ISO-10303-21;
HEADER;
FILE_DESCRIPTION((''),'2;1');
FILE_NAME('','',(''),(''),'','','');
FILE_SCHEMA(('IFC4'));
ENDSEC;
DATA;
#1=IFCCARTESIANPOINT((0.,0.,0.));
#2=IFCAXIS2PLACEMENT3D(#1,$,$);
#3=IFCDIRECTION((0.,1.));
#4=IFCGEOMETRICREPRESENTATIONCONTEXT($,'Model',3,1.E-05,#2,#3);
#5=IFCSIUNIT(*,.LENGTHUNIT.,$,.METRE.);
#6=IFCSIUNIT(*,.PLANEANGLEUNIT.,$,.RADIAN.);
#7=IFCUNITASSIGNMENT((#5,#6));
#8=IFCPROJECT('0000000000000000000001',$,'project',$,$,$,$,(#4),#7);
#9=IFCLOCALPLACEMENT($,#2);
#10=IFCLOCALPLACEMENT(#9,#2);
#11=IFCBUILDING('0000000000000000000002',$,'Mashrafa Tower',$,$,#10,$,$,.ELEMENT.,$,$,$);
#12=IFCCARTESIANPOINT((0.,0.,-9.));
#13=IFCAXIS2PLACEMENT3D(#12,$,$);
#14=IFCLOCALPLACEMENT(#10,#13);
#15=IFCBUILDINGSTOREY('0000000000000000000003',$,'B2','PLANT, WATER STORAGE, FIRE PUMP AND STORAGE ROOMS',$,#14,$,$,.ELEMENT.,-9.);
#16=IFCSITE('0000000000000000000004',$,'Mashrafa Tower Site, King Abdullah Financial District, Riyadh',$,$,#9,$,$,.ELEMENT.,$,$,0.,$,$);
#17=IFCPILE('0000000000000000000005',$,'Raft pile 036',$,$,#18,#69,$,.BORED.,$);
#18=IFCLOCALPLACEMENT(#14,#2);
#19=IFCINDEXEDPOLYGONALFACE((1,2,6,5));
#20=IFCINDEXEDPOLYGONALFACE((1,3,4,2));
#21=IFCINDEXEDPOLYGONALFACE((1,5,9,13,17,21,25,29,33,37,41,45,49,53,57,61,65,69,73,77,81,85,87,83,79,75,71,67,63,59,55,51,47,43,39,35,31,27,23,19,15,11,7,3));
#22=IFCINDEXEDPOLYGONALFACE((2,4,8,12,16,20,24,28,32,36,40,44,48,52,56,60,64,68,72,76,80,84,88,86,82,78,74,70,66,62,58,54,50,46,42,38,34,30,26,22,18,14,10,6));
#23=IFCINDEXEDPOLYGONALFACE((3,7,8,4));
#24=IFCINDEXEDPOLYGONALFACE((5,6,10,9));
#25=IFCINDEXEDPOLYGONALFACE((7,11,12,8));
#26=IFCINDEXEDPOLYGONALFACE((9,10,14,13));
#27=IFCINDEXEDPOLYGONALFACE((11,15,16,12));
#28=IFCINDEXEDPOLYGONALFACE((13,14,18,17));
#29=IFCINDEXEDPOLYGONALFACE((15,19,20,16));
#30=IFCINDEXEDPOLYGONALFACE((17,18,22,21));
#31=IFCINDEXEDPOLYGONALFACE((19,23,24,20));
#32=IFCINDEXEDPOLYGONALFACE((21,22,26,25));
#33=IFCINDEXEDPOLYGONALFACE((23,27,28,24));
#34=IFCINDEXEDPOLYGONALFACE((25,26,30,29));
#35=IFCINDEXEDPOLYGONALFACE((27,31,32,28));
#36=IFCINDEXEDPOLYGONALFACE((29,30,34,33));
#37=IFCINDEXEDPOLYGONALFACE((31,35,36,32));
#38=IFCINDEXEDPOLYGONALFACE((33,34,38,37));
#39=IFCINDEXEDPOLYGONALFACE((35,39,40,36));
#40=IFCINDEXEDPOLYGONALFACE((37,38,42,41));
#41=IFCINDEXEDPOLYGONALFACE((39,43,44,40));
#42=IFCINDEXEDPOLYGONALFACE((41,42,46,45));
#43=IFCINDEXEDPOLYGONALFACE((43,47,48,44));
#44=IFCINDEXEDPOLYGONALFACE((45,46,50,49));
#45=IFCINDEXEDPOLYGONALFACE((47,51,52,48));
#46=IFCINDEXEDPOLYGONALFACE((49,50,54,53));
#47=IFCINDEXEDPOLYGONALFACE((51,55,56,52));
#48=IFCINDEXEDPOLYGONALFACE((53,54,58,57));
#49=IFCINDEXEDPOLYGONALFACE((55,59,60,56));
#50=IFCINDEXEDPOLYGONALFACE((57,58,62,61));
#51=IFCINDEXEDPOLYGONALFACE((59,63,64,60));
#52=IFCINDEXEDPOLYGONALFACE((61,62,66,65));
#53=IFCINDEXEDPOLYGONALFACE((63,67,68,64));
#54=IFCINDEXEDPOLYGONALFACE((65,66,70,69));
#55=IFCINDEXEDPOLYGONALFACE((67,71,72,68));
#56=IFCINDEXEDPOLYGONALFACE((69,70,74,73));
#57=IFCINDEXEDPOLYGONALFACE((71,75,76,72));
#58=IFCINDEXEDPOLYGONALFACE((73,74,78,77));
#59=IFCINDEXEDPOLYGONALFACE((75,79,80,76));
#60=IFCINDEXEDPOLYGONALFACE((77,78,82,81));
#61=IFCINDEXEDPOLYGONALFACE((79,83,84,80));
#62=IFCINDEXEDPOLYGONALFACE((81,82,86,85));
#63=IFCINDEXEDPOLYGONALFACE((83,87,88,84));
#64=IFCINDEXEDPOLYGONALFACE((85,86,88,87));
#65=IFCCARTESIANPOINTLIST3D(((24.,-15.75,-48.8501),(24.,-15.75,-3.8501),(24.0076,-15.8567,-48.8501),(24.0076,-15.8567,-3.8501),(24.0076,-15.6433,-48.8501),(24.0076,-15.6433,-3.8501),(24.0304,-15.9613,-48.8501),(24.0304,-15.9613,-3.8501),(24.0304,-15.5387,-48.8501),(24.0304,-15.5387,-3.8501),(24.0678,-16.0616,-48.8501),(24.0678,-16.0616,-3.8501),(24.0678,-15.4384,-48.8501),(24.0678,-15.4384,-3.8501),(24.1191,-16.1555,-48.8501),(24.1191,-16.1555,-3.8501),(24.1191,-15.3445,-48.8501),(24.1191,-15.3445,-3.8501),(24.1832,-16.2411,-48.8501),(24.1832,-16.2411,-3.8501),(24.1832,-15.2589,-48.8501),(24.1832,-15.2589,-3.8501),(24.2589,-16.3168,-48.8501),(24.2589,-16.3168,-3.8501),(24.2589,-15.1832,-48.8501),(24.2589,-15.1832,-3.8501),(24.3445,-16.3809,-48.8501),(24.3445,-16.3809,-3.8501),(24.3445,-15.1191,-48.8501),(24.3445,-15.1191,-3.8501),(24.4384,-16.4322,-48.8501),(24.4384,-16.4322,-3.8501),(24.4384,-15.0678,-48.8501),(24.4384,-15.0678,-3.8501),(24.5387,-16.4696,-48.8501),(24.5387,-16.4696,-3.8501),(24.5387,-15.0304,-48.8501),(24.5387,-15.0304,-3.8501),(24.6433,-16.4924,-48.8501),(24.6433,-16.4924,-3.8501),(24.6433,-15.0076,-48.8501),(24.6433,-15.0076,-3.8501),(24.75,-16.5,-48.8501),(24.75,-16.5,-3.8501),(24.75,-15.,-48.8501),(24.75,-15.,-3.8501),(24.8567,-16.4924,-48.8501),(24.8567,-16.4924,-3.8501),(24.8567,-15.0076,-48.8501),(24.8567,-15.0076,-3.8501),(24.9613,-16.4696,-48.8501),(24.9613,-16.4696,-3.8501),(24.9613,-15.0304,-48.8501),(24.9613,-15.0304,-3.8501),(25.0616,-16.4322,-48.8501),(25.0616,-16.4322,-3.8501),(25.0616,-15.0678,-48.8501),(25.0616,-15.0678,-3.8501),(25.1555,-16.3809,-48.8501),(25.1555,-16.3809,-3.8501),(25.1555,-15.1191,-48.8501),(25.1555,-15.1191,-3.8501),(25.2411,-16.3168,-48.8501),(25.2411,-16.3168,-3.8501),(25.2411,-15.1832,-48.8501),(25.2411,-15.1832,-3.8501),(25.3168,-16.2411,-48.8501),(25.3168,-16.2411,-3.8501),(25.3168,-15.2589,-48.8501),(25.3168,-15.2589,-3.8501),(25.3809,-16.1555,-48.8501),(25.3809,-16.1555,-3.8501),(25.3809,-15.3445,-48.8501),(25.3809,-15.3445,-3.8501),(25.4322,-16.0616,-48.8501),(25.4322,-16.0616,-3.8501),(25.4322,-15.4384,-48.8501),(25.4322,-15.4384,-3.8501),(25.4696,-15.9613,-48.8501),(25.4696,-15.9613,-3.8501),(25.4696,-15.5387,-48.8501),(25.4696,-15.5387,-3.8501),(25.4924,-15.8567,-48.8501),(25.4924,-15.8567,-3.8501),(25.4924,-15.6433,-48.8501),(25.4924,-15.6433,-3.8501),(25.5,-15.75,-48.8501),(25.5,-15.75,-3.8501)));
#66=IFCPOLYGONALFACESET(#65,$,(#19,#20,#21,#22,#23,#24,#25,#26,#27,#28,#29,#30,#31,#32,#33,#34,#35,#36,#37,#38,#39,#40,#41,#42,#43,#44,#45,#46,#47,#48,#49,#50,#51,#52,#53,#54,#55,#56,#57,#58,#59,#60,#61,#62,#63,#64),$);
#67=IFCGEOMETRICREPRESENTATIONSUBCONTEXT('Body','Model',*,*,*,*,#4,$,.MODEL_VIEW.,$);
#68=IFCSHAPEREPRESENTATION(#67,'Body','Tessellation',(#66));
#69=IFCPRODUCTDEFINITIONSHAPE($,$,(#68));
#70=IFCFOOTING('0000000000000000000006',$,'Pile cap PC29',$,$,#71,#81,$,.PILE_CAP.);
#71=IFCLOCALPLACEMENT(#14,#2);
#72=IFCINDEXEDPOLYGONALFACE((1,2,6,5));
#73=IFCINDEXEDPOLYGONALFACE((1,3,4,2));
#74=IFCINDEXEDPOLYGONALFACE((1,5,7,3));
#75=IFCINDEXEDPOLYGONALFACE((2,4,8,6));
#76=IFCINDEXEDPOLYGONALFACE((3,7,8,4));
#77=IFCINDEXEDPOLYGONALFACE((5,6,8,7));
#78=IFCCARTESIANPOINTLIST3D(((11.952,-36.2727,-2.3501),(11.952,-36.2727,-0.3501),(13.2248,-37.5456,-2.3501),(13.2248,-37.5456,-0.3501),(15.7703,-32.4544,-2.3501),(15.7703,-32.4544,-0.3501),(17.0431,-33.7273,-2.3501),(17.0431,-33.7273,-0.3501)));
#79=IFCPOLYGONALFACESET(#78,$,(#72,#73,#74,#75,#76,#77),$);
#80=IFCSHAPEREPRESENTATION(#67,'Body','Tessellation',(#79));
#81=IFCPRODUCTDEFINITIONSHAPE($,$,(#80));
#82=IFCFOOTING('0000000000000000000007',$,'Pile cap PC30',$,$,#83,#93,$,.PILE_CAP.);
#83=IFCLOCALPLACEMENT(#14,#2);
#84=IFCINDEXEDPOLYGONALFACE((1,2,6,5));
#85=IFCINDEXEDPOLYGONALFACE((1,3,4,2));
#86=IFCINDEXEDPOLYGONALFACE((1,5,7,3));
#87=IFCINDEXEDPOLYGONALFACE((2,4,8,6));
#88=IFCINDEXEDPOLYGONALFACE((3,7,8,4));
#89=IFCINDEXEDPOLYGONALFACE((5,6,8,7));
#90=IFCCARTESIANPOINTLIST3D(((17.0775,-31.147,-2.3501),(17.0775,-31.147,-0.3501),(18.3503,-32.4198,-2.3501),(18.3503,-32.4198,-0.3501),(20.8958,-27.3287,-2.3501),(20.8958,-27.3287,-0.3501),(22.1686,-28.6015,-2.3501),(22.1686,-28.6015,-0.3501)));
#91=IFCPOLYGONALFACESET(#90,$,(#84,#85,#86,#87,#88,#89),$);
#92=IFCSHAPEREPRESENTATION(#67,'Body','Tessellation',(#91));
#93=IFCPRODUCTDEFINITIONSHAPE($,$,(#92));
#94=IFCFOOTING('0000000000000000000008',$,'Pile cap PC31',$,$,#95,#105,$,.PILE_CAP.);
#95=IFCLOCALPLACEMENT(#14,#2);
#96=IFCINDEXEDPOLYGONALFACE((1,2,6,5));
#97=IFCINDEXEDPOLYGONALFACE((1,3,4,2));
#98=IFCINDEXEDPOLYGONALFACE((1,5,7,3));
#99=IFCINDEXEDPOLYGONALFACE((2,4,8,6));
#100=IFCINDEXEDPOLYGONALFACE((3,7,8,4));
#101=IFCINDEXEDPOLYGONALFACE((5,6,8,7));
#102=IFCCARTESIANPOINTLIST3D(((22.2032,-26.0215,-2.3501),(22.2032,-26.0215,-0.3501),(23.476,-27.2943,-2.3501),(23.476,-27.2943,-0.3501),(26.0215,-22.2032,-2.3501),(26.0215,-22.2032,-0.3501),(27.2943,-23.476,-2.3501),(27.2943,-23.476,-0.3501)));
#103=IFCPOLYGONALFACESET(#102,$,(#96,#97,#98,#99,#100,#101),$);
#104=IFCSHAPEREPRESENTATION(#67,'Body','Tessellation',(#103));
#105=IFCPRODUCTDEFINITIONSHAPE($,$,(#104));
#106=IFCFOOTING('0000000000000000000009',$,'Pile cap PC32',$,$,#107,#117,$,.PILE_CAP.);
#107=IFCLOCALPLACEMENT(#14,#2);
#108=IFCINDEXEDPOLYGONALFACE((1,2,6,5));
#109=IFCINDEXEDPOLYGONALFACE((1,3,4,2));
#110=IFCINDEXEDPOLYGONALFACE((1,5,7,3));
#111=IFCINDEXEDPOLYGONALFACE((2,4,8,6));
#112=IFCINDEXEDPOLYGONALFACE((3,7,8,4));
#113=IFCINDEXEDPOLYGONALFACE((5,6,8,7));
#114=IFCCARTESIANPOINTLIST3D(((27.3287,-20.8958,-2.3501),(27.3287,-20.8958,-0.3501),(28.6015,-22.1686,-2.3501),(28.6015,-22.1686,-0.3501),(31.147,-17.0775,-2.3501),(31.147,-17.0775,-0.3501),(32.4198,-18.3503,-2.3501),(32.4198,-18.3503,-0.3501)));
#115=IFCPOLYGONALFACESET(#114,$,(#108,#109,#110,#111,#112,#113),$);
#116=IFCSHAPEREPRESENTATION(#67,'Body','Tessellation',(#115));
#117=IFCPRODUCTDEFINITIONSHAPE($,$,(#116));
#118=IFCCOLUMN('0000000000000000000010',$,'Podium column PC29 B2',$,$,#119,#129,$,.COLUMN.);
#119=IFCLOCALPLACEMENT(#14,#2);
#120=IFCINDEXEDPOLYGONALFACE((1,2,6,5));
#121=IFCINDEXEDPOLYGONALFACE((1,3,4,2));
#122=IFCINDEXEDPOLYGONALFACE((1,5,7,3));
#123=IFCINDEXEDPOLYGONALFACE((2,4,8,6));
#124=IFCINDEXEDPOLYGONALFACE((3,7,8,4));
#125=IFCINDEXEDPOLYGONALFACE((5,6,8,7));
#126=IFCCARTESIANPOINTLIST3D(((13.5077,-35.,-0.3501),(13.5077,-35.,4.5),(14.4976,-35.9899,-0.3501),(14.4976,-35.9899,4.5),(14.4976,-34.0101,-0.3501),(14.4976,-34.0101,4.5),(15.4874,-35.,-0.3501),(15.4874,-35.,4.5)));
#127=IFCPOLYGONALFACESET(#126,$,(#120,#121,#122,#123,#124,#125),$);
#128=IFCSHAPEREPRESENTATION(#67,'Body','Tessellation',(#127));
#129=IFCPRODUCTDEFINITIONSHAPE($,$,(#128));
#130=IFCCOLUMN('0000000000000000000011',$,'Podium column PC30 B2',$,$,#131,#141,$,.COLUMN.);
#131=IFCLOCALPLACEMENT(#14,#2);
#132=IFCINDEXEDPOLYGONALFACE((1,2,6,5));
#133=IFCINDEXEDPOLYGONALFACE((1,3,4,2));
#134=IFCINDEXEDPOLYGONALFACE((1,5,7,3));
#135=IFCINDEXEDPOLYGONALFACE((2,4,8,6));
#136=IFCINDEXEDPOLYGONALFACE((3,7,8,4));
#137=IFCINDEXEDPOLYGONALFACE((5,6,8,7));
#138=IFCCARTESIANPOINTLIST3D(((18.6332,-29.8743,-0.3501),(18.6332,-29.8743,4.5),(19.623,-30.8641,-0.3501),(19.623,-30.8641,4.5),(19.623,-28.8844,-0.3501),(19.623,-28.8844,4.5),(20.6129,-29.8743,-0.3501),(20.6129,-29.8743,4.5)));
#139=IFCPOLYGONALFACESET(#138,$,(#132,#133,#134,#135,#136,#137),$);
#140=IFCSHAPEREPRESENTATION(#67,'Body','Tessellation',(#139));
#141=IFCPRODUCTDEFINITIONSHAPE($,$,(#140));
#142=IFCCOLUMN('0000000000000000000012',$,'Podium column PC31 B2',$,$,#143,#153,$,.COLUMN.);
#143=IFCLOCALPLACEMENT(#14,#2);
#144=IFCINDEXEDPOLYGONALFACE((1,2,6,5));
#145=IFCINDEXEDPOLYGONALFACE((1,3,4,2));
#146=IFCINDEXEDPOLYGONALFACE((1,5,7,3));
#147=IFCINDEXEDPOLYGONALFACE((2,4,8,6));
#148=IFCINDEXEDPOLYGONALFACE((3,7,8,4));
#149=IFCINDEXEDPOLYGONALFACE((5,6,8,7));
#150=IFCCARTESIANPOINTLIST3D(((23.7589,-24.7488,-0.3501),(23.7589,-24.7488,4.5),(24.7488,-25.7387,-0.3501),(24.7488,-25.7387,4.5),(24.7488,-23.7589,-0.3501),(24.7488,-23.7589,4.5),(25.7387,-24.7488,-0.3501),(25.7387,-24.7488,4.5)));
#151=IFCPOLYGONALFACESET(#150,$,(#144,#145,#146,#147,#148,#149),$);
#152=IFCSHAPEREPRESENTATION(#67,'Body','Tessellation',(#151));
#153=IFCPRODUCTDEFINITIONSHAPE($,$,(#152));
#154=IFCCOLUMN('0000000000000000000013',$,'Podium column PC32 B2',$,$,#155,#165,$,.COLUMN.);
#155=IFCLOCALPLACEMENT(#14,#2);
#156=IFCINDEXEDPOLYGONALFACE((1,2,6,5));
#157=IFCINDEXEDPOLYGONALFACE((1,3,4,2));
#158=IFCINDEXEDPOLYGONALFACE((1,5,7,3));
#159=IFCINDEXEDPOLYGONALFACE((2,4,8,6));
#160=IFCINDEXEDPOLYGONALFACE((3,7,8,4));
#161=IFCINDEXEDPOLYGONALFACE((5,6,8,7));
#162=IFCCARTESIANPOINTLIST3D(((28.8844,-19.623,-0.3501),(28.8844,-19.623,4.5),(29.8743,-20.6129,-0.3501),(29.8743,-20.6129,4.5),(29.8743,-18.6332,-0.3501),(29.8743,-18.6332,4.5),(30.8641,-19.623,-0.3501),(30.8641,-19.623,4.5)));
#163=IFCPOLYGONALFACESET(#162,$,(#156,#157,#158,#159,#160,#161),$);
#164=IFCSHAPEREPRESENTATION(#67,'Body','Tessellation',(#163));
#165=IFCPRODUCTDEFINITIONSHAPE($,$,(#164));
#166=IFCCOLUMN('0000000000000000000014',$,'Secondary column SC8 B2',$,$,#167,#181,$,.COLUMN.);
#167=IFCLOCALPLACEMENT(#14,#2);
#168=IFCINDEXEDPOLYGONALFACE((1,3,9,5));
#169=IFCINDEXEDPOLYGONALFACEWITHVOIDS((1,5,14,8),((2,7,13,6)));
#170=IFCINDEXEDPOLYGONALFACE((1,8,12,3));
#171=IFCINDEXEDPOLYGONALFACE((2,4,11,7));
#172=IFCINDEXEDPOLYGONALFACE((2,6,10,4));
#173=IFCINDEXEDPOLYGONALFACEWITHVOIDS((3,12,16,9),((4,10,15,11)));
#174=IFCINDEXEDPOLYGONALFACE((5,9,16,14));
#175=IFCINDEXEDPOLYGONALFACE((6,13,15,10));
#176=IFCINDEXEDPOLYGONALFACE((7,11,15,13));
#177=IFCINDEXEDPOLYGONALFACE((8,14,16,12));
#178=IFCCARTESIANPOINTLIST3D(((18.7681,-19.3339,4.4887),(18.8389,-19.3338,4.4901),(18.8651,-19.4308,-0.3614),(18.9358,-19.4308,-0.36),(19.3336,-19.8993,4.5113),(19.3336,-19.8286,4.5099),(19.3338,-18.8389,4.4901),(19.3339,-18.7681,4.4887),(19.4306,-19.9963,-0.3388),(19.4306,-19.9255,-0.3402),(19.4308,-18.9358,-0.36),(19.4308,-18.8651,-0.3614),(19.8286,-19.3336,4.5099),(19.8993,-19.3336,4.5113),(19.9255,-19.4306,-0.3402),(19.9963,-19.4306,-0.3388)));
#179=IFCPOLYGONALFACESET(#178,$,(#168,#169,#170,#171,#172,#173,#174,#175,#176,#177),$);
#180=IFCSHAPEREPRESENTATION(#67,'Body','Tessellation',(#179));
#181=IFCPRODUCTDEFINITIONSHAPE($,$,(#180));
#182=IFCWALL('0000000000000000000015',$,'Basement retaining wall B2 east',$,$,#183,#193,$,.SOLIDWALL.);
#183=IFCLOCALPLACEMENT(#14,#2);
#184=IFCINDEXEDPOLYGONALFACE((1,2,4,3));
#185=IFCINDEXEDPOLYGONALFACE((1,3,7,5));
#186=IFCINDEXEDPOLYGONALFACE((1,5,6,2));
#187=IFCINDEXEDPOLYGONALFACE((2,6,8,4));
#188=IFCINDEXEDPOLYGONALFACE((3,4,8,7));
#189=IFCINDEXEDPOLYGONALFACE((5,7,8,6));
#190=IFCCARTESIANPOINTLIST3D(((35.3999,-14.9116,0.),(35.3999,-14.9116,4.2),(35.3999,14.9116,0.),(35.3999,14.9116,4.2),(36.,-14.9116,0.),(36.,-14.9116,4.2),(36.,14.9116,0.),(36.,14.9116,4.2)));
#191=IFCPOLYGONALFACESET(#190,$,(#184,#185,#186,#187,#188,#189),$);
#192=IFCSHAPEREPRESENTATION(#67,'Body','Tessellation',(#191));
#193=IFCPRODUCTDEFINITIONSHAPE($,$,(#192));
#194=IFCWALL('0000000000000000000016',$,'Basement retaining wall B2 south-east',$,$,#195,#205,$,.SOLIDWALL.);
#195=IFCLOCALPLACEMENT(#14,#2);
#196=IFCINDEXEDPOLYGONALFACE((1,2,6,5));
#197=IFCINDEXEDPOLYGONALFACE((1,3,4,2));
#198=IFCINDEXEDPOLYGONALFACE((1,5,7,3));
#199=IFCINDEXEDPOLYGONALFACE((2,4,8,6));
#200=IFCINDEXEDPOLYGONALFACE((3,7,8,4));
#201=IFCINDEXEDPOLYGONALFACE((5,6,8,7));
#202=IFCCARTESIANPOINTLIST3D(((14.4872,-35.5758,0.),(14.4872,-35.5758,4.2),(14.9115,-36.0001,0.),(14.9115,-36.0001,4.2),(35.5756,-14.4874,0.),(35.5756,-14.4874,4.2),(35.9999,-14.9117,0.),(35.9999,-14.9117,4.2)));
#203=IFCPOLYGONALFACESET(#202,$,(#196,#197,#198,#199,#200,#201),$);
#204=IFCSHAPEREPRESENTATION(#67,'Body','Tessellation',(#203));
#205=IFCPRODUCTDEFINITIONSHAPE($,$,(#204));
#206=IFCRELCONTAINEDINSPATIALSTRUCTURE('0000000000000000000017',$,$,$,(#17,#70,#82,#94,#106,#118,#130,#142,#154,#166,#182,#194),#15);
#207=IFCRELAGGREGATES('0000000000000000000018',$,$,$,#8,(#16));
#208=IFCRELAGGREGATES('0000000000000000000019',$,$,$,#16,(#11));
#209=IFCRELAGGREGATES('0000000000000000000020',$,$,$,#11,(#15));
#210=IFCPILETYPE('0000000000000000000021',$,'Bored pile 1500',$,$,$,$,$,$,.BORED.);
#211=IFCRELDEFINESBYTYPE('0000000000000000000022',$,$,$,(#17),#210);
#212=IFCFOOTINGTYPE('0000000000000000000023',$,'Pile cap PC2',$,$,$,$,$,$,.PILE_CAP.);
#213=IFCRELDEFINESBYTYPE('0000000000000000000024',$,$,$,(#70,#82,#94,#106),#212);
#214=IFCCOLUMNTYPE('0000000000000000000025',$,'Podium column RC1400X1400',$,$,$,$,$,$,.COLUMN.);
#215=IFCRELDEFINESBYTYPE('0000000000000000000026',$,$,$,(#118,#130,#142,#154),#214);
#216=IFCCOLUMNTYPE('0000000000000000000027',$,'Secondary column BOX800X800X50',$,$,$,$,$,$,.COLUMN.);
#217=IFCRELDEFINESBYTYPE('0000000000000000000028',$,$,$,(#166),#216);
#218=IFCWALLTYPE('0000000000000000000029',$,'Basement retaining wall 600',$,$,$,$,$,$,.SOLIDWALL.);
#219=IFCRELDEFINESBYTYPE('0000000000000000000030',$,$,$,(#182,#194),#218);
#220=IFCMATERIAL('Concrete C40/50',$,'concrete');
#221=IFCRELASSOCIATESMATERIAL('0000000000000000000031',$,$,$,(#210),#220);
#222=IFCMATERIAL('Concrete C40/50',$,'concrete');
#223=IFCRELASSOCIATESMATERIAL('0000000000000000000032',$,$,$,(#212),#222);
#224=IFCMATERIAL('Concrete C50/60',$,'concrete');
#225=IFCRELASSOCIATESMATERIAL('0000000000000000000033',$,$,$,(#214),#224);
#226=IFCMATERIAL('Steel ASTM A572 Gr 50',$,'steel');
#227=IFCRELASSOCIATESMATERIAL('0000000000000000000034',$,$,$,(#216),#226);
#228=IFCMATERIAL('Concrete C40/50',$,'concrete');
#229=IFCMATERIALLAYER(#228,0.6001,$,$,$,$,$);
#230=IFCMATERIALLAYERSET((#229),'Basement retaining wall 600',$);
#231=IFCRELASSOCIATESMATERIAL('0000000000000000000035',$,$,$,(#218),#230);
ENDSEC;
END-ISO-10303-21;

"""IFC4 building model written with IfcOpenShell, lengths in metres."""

from ifc_helpers import new_model, si_unit, direction, frame, frame_2d, origin, origin_2d, place, context, subcontext, project, spatial, rectangle, hollow_rectangle, circle, extrude, material, layer, layer_set, material_profile, profile_set, type_object, element, save


model = new_model("IFC4")

# Units and contexts
model_context = context("Model", 3, precision=1e-05, world=origin(), true_north=direction((0.0, 1.0)))
body_context = subcontext(model_context, "Body", "Model", "MODEL_VIEW")
ifc_project = project(units=[si_unit("LENGTHUNIT", "METRE"), si_unit("PLANEANGLEUNIT", "RADIAN")], contexts=[model_context])

# Site, building, storey
site_placement = place(None, origin())
site = spatial("IfcSite", under=ifc_project, at=site_placement, Name="Mashrafa Tower Site, King Abdullah Financial District, Riyadh", CompositionType="ELEMENT", RefElevation=0.0)
building_placement = place(site_placement, origin())
building = spatial("IfcBuilding", under=site, at=building_placement, Name="Mashrafa Tower", CompositionType="ELEMENT")
storey_placement = place(building_placement, frame((0.0, 0.0, -9.0)))
storey = spatial("IfcBuildingStorey", under=building, at=storey_placement, Name="B2", Description="PLANT, WATER STORAGE, FIRE PUMP AND STORAGE ROOMS", CompositionType="ELEMENT", Elevation=-9.0)

# Pile
ifc_material_1 = material(Name="Concrete C40/50", Category="concrete")
ifc_material_profile_1 = material_profile(ifc_material_1, circle(Radius=0.75, at=origin_2d()), Name="1500 DIA")
ifc_profile_set_1 = profile_set([ifc_material_profile_1], Name="Concrete C40/50")
pile_type_1 = type_object("IfcPileType", Name="Bored pile 1500", PredefinedType="BORED", material=ifc_profile_set_1)
for number, where, z_axis, x_axis, name in (
    (1, (24.75, -15.75, -3.8501), (0.0, 0.0, -1.0), (1.0, 0.0, 0.0), "Raft pile 036"),
):
    element("IfcPile", number, at=place(storey_placement, frame(where, z_axis=z_axis, x_axis=x_axis)), inside=storey, type_object=pile_type_1, Name=name, PredefinedType="BORED", context=body_context, shape_type="SweptSolid", body=[
        extrude(circle(Radius=0.75, at=origin_2d()), origin(), (0.0, 0.0, 1.0), 45.0),
    ])

# Footings
ifc_material_2 = material(Name="Concrete C40/50", Category="concrete")
footing_type = type_object("IfcFootingType", Name="Pile cap PC2", PredefinedType="PILE_CAP", material=ifc_material_2)
for number, where, z_axis, x_axis, name in (
    (2, (14.4976, -35.0, -2.3501), (0.0, 0.0, 1.0), (0.707107, 0.707107, 0.0), "Pile cap PC29"),
    (3, (19.623, -29.8743, -2.3501), (0.0, 0.0, 1.0), (0.707107, 0.707107, 0.0), "Pile cap PC30"),
    (4, (24.7488, -24.7488, -2.3501), (0.0, 0.0, 1.0), (0.707107, 0.707107, 0.0), "Pile cap PC31"),
    (5, (29.8743, -19.623, -2.3501), (0.0, 0.0, 1.0), (0.707107, 0.707107, 0.0), "Pile cap PC32"),
):
    element("IfcFooting", number, at=place(storey_placement, frame(where, z_axis=z_axis, x_axis=x_axis)), inside=storey, type_object=footing_type, Name=name, PredefinedType="PILE_CAP", context=body_context, shape_type="SweptSolid", body=[
        extrude(rectangle(XDim=5.3999, YDim=1.8, at=origin_2d()), origin(), (0.0, 0.0, 1.0), 2.0),
    ])

# Columns
ifc_material_3 = material(Name="Concrete C50/60", Category="concrete")
ifc_material_profile_2 = material_profile(ifc_material_3, rectangle(XDim=1.3999, YDim=1.3999, at=origin_2d()), Name="RC1400X1400")
ifc_profile_set_2 = profile_set([ifc_material_profile_2], Name="Concrete C50/60")
column_type_1 = type_object("IfcColumnType", Name="Podium column RC1400X1400", PredefinedType="COLUMN", material=ifc_profile_set_2)
for number, where, z_axis, x_axis, name in (
    (6, (14.4976, -35.0, -0.3501), (0.0, 0.0, 1.0), (0.707107, 0.707107, 0.0), "Podium column PC29 B2"),
    (7, (19.623, -29.8743, -0.3501), (0.0, 0.0, 1.0), (0.707107, 0.707107, 0.0), "Podium column PC30 B2"),
    (8, (24.7488, -24.7488, -0.3501), (0.0, 0.0, 1.0), (0.707107, 0.707107, 0.0), "Podium column PC31 B2"),
    (9, (29.8743, -19.623, -0.3501), (0.0, 0.0, 1.0), (0.707107, 0.707107, 0.0), "Podium column PC32 B2"),
):
    element("IfcColumn", number, at=place(storey_placement, frame(where, z_axis=z_axis, x_axis=x_axis)), inside=storey, type_object=column_type_1, Name=name, PredefinedType="COLUMN", context=body_context, shape_type="SweptSolid", body=[
        extrude(rectangle(XDim=1.3999, YDim=1.3999, at=origin_2d()), origin(), (0.0, 0.0, 1.0), 4.8501),
    ])
ifc_material_4 = material(Name="Steel ASTM A572 Gr 50", Category="steel")
ifc_material_profile_3 = material_profile(ifc_material_4, hollow_rectangle(XDim=0.8, YDim=0.8, WallThickness=0.05, at=origin_2d()), Name="BOX800X800X50")
ifc_profile_set_3 = profile_set([ifc_material_profile_3], Name="Steel ASTM A572 Gr 50")
column_type_2 = type_object("IfcColumnType", Name="Secondary column BOX800X800X50", PredefinedType="COLUMN", material=ifc_profile_set_3)
column_placement = place(storey_placement, frame((19.4307, -19.4307, -0.3501), z_axis=(-0.019976, 0.019976, 0.999601), x_axis=(-0.707107, -0.707107, 0.0)))
element("IfcColumn", 10, at=column_placement, inside=storey, type_object=column_type_2, Name="Secondary column SC8 B2", PredefinedType="COLUMN", context=body_context, shape_type="SweptSolid", body=[
    extrude(hollow_rectangle(XDim=0.8, YDim=0.8, WallThickness=0.05, at=origin_2d()), origin(), (0.0, 0.0, 1.0), 4.8521),
])

# Walls
ifc_material_5 = material(Name="Concrete C40/50", Category="concrete")
ifc_layer_1 = layer(ifc_material_5, 0.6001)
ifc_layer_set_1 = layer_set([ifc_layer_1], Name="Basement retaining wall 600")
wall_type_1 = type_object("IfcWallType", Name="Basement retaining wall 600", PredefinedType="SOLIDWALL", material=ifc_layer_set_1)
wall_1_placement = place(storey_placement, frame((35.7, -14.9116, 0.0), z_axis=(0.0, 0.0, 1.0), x_axis=(0.0, 1.0, 0.0)))
element("IfcWall", 11, at=wall_1_placement, inside=storey, type_object=wall_type_1, Name="Basement retaining wall B2 east", PredefinedType="SOLIDWALL", context=body_context, shape_type="SweptSolid", body=[
    extrude(rectangle(XDim=29.8232, YDim=0.6001, at=frame_2d((14.9116, 0.0))), origin(), (0.0, 0.0, 1.0), 4.2),
])
wall_2_placement = place(storey_placement, frame((14.6995, -35.7878, 0.0), z_axis=(0.0, 0.0, 1.0), x_axis=(0.707107, 0.707107, 0.0)))
element("IfcWall", 12, at=wall_2_placement, inside=storey, type_object=wall_type_1, Name="Basement retaining wall B2 south-east", PredefinedType="SOLIDWALL", context=body_context, shape_type="SweptSolid", body=[
    extrude(rectangle(XDim=29.8235, YDim=0.6001, at=frame_2d((14.9116, 0.0))), origin(), (0.0, 0.0, 1.0), 4.2),
])

save(model, "model.ifc")
